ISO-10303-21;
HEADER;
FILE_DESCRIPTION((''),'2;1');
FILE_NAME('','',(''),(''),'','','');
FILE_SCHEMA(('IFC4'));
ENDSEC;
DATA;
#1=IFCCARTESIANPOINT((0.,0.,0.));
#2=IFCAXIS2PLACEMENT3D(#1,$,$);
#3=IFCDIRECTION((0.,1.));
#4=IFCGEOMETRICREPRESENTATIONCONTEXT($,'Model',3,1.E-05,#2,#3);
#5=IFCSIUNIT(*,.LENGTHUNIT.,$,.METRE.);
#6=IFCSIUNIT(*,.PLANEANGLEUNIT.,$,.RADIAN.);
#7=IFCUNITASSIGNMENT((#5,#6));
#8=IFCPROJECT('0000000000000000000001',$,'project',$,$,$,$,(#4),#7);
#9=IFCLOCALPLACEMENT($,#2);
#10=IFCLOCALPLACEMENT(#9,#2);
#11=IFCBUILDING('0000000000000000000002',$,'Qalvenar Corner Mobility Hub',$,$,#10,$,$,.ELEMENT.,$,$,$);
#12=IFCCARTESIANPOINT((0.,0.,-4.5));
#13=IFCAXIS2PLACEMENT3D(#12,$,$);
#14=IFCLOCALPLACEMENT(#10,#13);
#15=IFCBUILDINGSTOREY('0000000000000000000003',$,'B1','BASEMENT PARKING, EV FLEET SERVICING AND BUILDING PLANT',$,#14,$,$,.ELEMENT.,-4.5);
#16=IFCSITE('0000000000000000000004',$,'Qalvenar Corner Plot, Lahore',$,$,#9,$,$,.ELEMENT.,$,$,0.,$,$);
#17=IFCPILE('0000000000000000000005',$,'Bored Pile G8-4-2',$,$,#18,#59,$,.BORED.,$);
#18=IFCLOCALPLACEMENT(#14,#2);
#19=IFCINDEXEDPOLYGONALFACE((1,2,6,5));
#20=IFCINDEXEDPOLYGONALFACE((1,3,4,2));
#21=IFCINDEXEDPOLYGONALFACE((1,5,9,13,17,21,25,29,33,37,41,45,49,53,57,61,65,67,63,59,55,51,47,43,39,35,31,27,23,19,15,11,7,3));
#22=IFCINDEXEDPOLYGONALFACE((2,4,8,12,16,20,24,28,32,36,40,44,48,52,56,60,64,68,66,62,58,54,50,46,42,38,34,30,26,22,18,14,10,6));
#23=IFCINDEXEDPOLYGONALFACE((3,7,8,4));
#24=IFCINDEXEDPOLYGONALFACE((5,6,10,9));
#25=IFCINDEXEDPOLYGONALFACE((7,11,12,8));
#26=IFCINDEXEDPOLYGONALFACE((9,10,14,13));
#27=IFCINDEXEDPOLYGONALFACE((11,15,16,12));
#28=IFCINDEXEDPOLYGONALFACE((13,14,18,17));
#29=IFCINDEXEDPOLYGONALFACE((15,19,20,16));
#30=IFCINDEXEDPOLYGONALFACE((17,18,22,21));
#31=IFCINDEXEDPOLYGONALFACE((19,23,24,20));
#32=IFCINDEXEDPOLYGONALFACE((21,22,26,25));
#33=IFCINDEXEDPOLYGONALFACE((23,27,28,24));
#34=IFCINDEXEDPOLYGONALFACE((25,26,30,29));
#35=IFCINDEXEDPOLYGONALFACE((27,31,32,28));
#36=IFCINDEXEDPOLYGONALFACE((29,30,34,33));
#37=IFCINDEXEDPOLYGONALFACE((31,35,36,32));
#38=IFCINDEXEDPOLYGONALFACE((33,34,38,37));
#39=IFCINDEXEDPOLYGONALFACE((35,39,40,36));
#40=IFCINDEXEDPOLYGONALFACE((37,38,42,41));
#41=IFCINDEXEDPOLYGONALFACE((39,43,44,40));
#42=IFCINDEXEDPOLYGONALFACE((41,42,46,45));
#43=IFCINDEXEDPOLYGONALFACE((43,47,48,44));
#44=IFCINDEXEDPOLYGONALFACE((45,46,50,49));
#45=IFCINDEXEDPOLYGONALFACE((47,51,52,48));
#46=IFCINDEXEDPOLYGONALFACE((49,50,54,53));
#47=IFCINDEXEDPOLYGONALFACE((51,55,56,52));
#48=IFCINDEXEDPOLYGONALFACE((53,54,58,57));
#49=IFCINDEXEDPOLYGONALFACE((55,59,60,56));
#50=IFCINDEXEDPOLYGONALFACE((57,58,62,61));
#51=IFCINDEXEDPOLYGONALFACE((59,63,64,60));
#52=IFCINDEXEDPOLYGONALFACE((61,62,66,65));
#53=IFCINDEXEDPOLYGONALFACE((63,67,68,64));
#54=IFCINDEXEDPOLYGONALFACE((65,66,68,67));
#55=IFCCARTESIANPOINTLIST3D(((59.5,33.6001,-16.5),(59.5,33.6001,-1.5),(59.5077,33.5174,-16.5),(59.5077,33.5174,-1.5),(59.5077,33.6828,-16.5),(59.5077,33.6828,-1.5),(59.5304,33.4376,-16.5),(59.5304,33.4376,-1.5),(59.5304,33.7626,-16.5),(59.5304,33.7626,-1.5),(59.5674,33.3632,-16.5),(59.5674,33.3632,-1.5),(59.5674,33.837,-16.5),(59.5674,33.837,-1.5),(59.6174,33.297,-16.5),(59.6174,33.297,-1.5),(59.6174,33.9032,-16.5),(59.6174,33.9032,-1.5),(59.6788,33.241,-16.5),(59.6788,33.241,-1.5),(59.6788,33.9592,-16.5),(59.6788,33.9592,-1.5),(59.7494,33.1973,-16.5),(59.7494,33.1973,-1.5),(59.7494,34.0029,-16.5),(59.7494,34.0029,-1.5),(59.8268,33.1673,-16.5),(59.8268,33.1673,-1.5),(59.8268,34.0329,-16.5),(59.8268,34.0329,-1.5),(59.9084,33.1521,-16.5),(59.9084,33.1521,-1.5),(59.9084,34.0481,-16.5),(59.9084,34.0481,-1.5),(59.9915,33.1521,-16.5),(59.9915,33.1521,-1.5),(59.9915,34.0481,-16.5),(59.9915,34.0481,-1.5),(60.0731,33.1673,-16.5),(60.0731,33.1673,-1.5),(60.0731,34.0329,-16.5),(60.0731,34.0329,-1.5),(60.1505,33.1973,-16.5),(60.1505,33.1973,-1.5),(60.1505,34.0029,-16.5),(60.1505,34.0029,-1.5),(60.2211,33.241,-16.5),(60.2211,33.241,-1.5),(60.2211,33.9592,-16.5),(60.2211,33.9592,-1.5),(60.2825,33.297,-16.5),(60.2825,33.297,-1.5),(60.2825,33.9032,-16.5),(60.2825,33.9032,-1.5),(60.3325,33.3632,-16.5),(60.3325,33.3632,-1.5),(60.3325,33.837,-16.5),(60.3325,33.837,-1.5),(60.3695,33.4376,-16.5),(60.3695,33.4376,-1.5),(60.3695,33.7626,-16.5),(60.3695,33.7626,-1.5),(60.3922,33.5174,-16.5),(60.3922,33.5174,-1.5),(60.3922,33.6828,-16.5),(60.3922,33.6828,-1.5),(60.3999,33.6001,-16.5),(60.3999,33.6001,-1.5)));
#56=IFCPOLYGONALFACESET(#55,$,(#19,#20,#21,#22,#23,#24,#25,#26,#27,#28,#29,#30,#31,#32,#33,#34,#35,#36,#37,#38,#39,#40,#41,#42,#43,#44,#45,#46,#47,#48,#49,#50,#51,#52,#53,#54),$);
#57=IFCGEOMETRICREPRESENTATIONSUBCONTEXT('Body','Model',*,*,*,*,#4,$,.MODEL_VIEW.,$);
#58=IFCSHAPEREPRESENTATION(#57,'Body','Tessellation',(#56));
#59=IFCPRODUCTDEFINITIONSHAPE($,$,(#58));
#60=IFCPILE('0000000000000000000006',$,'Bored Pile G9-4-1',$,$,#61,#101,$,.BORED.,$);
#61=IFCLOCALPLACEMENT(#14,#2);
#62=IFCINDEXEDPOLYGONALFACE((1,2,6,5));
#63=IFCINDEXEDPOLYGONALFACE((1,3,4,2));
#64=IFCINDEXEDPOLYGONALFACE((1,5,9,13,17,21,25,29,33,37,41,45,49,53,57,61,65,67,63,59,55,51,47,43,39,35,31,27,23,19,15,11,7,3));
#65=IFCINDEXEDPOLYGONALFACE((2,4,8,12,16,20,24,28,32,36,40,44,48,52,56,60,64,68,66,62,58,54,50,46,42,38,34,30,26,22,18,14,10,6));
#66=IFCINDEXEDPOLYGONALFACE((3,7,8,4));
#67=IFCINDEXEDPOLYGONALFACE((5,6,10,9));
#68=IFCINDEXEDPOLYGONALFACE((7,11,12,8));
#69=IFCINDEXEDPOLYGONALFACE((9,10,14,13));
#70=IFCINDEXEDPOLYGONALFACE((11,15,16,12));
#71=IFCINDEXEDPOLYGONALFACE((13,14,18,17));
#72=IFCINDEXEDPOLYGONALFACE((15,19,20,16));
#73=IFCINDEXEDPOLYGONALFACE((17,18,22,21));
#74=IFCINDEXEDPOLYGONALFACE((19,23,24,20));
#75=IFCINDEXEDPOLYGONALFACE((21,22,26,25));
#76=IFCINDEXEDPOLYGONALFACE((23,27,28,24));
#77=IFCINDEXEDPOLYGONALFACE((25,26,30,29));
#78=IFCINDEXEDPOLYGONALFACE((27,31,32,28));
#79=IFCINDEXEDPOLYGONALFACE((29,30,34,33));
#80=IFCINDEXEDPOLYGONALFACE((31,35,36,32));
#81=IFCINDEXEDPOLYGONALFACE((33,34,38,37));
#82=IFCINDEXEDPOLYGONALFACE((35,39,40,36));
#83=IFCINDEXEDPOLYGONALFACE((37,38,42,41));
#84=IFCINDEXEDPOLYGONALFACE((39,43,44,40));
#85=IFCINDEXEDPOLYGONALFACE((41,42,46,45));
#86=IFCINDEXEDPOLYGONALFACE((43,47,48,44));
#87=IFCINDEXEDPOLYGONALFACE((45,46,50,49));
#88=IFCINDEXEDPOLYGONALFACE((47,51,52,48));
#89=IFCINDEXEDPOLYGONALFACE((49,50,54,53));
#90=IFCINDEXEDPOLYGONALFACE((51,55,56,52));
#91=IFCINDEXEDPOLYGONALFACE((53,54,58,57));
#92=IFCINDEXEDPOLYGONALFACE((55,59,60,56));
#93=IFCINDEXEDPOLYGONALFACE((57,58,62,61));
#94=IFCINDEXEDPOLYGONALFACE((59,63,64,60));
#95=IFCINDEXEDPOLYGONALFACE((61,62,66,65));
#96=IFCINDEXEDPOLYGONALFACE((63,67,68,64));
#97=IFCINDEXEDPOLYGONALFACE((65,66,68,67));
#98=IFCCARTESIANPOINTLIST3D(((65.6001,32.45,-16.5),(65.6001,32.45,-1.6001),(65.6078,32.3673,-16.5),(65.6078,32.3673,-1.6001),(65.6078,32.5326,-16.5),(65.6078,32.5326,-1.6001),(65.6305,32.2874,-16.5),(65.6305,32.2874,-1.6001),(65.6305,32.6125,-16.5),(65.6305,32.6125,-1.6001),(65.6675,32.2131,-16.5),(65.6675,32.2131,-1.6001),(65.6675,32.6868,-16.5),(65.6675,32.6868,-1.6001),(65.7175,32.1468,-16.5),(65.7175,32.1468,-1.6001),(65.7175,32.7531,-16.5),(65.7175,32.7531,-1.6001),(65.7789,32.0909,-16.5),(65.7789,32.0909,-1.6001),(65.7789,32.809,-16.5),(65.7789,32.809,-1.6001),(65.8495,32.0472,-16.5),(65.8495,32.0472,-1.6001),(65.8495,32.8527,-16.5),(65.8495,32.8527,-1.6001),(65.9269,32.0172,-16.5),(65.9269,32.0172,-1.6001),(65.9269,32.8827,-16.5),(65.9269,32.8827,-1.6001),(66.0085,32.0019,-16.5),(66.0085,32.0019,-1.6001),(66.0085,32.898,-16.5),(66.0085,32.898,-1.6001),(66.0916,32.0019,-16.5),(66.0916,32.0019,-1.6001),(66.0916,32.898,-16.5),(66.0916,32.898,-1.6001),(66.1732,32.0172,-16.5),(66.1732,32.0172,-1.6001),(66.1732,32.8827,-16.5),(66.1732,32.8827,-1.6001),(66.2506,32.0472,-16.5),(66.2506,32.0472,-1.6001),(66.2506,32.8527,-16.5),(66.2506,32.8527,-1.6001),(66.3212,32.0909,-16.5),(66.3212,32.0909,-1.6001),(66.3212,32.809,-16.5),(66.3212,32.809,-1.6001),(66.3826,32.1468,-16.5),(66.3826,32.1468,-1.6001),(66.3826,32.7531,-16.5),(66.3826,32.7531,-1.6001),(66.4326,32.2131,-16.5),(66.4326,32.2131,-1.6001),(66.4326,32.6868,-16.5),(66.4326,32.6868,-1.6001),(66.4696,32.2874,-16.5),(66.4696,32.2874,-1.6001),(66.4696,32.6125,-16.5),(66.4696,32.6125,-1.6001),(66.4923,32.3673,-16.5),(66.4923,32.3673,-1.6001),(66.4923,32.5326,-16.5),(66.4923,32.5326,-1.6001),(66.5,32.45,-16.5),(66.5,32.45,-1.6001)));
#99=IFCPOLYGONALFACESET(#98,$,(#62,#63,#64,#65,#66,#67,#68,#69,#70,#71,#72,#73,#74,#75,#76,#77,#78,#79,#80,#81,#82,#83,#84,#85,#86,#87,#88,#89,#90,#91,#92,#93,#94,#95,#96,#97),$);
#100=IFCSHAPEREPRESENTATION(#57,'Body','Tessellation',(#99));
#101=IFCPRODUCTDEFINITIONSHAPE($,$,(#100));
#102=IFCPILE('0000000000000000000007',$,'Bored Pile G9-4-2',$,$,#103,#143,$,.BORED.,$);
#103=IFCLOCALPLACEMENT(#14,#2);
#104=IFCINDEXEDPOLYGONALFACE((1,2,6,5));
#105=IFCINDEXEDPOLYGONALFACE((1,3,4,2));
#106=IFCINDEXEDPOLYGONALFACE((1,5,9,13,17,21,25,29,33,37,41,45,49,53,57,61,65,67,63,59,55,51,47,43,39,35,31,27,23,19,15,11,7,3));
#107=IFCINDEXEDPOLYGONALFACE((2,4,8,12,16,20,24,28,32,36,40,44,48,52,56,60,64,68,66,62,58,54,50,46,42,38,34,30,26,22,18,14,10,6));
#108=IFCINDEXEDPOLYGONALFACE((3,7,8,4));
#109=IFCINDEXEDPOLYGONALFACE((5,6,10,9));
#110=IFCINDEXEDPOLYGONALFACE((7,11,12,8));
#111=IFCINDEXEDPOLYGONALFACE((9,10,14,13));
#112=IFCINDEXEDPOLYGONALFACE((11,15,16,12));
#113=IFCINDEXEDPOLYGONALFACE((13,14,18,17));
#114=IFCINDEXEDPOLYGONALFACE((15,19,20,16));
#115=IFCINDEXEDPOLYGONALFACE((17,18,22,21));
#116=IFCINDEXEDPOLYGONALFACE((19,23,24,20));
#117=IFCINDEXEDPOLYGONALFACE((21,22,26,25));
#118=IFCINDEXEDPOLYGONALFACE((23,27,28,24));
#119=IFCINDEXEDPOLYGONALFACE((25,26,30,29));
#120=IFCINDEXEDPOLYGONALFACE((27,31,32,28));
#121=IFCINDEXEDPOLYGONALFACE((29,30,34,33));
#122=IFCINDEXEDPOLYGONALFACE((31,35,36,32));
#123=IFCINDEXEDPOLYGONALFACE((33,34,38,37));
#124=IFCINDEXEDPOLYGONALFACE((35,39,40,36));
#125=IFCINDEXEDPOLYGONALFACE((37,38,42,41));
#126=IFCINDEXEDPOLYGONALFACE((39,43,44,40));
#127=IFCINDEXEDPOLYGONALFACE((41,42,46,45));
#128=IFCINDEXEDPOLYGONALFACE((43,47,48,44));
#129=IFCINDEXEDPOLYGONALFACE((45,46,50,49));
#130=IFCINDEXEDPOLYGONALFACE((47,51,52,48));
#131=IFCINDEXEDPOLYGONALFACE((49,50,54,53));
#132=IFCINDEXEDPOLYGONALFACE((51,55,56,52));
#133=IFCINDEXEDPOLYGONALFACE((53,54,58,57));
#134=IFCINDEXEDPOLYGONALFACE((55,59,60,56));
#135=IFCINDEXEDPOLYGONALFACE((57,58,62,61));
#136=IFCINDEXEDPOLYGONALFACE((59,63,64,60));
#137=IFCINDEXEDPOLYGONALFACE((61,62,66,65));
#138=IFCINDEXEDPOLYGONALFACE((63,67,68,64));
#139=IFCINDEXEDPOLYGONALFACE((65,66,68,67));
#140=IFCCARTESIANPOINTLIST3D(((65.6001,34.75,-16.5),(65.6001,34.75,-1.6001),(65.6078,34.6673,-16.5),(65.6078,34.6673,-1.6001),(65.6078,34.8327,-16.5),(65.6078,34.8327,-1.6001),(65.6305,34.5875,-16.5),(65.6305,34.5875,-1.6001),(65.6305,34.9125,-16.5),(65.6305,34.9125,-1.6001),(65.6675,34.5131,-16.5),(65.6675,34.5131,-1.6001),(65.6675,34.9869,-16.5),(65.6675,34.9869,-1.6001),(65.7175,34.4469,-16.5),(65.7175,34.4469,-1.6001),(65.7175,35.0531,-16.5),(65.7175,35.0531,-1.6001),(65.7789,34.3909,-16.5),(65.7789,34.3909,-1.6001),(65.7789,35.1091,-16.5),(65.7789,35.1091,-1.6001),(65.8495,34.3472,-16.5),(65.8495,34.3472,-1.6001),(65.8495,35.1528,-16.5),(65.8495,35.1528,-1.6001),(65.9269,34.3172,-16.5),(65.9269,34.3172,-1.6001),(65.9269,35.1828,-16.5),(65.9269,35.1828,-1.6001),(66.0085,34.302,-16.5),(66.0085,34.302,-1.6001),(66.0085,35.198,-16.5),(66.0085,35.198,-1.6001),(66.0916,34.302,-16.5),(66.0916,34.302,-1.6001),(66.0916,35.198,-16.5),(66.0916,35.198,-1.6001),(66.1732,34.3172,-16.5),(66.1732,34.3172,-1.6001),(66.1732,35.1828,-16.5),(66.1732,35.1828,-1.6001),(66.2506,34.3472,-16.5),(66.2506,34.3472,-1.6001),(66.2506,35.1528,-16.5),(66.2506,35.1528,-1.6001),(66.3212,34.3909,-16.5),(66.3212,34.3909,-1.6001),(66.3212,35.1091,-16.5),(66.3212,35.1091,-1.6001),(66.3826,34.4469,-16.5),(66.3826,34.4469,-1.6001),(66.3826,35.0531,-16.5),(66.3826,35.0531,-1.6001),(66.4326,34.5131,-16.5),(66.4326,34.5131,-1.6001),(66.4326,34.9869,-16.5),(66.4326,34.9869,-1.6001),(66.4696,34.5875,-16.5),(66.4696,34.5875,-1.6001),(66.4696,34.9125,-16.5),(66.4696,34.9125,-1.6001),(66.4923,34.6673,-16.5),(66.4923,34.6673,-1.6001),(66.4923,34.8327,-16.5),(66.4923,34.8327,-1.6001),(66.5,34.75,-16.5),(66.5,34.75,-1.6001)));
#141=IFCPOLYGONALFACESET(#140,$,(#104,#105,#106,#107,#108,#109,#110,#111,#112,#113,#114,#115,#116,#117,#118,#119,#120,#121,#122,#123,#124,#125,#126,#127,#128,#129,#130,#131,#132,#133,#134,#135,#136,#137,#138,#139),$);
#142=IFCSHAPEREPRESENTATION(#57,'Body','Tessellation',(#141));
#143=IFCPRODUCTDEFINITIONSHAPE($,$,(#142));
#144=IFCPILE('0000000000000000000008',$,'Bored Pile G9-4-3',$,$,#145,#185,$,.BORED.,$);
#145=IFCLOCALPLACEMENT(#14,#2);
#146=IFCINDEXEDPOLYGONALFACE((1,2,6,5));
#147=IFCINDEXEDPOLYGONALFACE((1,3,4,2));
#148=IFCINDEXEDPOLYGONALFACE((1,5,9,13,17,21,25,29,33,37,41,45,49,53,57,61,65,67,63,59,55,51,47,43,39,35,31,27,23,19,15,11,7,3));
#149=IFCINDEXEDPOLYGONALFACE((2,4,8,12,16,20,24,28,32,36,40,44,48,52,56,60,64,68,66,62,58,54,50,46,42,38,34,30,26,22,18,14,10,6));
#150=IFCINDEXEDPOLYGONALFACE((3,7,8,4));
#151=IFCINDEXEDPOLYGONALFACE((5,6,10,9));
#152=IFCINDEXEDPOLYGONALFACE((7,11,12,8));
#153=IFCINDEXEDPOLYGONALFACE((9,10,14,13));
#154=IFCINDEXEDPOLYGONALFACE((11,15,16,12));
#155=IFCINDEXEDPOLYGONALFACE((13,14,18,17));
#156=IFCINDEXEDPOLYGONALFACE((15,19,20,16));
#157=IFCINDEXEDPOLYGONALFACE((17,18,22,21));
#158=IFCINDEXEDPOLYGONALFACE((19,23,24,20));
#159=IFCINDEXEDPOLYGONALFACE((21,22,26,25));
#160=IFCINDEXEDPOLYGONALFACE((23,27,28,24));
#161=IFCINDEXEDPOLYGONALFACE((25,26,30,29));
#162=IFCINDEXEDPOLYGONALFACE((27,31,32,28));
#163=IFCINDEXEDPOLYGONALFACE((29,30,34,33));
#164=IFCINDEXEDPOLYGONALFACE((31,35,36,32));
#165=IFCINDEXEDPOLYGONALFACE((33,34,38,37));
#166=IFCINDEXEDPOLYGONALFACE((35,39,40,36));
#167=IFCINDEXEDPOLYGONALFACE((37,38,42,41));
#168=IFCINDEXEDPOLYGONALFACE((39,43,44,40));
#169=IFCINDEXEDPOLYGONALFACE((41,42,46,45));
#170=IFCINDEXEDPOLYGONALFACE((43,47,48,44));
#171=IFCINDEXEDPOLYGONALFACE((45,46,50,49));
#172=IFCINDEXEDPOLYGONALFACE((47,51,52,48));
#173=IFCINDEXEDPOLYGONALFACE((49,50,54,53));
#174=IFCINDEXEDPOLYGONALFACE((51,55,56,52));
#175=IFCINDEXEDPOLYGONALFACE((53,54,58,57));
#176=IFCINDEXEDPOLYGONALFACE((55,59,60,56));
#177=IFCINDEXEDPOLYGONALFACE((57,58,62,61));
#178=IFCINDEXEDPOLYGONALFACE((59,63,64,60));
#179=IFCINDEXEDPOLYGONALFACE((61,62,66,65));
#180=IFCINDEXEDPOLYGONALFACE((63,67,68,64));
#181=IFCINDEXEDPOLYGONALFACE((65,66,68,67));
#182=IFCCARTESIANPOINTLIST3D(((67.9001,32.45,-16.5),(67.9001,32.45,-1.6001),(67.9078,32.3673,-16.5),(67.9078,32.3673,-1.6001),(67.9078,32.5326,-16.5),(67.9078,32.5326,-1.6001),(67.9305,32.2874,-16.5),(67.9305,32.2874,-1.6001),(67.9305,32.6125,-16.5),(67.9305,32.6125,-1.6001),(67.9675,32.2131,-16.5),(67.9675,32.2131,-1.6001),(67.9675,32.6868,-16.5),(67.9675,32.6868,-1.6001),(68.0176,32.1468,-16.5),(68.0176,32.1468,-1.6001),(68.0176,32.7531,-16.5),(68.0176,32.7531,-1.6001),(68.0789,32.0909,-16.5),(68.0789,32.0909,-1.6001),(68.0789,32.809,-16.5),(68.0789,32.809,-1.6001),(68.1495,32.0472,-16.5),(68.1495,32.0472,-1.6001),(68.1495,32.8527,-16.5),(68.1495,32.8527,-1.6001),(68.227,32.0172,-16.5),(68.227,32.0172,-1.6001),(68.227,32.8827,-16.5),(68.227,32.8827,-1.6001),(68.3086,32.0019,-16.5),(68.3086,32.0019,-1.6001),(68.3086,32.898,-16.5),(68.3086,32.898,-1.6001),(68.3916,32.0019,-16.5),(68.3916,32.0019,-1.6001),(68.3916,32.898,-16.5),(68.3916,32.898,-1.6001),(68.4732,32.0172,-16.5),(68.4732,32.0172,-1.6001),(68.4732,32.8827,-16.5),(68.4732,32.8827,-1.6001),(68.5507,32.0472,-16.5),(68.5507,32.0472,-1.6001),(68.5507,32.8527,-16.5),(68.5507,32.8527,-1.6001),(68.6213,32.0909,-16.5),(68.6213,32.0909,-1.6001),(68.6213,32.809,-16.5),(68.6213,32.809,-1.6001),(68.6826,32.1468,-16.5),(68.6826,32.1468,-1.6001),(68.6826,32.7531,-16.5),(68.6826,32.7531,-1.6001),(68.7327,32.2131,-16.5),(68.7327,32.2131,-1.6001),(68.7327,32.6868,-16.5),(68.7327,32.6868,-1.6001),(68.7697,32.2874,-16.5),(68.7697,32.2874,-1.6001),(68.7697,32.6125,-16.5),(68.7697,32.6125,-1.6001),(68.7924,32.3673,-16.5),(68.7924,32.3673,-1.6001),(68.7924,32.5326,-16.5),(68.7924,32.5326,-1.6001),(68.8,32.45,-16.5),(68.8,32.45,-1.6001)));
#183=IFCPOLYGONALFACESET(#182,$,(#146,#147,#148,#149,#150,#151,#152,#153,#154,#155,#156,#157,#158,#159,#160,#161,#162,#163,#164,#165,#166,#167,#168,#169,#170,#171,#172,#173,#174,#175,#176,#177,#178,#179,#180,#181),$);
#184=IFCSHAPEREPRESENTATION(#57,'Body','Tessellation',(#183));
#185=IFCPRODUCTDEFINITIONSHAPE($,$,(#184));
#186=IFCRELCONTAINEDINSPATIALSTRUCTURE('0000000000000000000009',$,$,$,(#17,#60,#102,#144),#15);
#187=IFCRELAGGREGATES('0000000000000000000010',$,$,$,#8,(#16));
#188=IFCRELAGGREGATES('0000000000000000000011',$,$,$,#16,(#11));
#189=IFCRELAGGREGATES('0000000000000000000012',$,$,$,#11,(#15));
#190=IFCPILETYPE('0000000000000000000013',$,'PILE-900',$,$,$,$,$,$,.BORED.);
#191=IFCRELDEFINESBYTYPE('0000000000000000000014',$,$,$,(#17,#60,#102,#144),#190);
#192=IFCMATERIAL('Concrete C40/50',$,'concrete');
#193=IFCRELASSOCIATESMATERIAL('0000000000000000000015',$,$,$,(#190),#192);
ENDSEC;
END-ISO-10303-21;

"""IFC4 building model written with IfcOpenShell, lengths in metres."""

from ifc_helpers import new_model, si_unit, direction, frame, origin, origin_2d, place, context, subcontext, project, spatial, circle, extrude, material, material_profile, profile_set, type_object, element, save


model = new_model("IFC4")

# Units and contexts
model_context = context("Model", 3, precision=1e-05, world=origin(), true_north=direction((0.0, 1.0)))
body_context = subcontext(model_context, "Body", "Model", "MODEL_VIEW")
ifc_project = project(units=[si_unit("LENGTHUNIT", "METRE"), si_unit("PLANEANGLEUNIT", "RADIAN")], contexts=[model_context])

# Site, building, storey
site_placement = place(None, origin())
site = spatial("IfcSite", under=ifc_project, at=site_placement, Name="Qalvenar Corner Plot, Lahore", CompositionType="ELEMENT", RefElevation=0.0)
building_placement = place(site_placement, origin())
building = spatial("IfcBuilding", under=site, at=building_placement, Name="Qalvenar Corner Mobility Hub", CompositionType="ELEMENT")
storey_placement = place(building_placement, frame((0.0, 0.0, -4.5)))
storey = spatial("IfcBuildingStorey", under=building, at=storey_placement, Name="B1", Description="BASEMENT PARKING, EV FLEET SERVICING AND BUILDING PLANT", CompositionType="ELEMENT", Elevation=-4.5)

# Shared definitions
ifc_material_1 = material(Name="Concrete C40/50", Category="concrete")

# Piles
ifc_material_profile_1 = material_profile(ifc_material_1, circle(Radius=0.45, at=origin_2d()), Name="DIA900")
ifc_profile_set_1 = profile_set([ifc_material_profile_1], Name="Concrete C40/50")
pile_type_1 = type_object("IfcPileType", Name="PILE-900", PredefinedType="BORED", material=ifc_profile_set_1)
pile_1_placement = place(storey_placement, frame((59.95, 33.6001, -1.5), z_axis=(0.0, 0.0, -1.0), x_axis=(1.0, 0.0, 0.0)))
element("IfcPile", 1, at=pile_1_placement, inside=storey, type_object=pile_type_1, Name="Bored Pile G8-4-2", PredefinedType="BORED", context=body_context, shape_type="SweptSolid", body=[
    extrude(circle(Radius=0.45, at=origin_2d()), origin(), (0.0, 0.0, 1.0), 15.0),
])
for number, where, z_axis, x_axis, name in (
    (2, (66.05, 32.45, -1.6001), (0.0, 0.0, -1.0), (1.0, 0.0, 0.0), "Bored Pile G9-4-1"),
    (3, (66.05, 34.75, -1.6001), (0.0, 0.0, -1.0), (1.0, 0.0, 0.0), "Bored Pile G9-4-2"),
    (4, (68.3501, 32.45, -1.6001), (0.0, 0.0, -1.0), (1.0, 0.0, 0.0), "Bored Pile G9-4-3"),
):
    element("IfcPile", number, at=place(storey_placement, frame(where, z_axis=z_axis, x_axis=x_axis)), inside=storey, type_object=pile_type_1, Name=name, PredefinedType="BORED", context=body_context, shape_type="SweptSolid", body=[
        extrude(circle(Radius=0.45, at=origin_2d()), origin(), (0.0, 0.0, 1.0), 14.8999),
    ])

save(model, "model.ifc")
